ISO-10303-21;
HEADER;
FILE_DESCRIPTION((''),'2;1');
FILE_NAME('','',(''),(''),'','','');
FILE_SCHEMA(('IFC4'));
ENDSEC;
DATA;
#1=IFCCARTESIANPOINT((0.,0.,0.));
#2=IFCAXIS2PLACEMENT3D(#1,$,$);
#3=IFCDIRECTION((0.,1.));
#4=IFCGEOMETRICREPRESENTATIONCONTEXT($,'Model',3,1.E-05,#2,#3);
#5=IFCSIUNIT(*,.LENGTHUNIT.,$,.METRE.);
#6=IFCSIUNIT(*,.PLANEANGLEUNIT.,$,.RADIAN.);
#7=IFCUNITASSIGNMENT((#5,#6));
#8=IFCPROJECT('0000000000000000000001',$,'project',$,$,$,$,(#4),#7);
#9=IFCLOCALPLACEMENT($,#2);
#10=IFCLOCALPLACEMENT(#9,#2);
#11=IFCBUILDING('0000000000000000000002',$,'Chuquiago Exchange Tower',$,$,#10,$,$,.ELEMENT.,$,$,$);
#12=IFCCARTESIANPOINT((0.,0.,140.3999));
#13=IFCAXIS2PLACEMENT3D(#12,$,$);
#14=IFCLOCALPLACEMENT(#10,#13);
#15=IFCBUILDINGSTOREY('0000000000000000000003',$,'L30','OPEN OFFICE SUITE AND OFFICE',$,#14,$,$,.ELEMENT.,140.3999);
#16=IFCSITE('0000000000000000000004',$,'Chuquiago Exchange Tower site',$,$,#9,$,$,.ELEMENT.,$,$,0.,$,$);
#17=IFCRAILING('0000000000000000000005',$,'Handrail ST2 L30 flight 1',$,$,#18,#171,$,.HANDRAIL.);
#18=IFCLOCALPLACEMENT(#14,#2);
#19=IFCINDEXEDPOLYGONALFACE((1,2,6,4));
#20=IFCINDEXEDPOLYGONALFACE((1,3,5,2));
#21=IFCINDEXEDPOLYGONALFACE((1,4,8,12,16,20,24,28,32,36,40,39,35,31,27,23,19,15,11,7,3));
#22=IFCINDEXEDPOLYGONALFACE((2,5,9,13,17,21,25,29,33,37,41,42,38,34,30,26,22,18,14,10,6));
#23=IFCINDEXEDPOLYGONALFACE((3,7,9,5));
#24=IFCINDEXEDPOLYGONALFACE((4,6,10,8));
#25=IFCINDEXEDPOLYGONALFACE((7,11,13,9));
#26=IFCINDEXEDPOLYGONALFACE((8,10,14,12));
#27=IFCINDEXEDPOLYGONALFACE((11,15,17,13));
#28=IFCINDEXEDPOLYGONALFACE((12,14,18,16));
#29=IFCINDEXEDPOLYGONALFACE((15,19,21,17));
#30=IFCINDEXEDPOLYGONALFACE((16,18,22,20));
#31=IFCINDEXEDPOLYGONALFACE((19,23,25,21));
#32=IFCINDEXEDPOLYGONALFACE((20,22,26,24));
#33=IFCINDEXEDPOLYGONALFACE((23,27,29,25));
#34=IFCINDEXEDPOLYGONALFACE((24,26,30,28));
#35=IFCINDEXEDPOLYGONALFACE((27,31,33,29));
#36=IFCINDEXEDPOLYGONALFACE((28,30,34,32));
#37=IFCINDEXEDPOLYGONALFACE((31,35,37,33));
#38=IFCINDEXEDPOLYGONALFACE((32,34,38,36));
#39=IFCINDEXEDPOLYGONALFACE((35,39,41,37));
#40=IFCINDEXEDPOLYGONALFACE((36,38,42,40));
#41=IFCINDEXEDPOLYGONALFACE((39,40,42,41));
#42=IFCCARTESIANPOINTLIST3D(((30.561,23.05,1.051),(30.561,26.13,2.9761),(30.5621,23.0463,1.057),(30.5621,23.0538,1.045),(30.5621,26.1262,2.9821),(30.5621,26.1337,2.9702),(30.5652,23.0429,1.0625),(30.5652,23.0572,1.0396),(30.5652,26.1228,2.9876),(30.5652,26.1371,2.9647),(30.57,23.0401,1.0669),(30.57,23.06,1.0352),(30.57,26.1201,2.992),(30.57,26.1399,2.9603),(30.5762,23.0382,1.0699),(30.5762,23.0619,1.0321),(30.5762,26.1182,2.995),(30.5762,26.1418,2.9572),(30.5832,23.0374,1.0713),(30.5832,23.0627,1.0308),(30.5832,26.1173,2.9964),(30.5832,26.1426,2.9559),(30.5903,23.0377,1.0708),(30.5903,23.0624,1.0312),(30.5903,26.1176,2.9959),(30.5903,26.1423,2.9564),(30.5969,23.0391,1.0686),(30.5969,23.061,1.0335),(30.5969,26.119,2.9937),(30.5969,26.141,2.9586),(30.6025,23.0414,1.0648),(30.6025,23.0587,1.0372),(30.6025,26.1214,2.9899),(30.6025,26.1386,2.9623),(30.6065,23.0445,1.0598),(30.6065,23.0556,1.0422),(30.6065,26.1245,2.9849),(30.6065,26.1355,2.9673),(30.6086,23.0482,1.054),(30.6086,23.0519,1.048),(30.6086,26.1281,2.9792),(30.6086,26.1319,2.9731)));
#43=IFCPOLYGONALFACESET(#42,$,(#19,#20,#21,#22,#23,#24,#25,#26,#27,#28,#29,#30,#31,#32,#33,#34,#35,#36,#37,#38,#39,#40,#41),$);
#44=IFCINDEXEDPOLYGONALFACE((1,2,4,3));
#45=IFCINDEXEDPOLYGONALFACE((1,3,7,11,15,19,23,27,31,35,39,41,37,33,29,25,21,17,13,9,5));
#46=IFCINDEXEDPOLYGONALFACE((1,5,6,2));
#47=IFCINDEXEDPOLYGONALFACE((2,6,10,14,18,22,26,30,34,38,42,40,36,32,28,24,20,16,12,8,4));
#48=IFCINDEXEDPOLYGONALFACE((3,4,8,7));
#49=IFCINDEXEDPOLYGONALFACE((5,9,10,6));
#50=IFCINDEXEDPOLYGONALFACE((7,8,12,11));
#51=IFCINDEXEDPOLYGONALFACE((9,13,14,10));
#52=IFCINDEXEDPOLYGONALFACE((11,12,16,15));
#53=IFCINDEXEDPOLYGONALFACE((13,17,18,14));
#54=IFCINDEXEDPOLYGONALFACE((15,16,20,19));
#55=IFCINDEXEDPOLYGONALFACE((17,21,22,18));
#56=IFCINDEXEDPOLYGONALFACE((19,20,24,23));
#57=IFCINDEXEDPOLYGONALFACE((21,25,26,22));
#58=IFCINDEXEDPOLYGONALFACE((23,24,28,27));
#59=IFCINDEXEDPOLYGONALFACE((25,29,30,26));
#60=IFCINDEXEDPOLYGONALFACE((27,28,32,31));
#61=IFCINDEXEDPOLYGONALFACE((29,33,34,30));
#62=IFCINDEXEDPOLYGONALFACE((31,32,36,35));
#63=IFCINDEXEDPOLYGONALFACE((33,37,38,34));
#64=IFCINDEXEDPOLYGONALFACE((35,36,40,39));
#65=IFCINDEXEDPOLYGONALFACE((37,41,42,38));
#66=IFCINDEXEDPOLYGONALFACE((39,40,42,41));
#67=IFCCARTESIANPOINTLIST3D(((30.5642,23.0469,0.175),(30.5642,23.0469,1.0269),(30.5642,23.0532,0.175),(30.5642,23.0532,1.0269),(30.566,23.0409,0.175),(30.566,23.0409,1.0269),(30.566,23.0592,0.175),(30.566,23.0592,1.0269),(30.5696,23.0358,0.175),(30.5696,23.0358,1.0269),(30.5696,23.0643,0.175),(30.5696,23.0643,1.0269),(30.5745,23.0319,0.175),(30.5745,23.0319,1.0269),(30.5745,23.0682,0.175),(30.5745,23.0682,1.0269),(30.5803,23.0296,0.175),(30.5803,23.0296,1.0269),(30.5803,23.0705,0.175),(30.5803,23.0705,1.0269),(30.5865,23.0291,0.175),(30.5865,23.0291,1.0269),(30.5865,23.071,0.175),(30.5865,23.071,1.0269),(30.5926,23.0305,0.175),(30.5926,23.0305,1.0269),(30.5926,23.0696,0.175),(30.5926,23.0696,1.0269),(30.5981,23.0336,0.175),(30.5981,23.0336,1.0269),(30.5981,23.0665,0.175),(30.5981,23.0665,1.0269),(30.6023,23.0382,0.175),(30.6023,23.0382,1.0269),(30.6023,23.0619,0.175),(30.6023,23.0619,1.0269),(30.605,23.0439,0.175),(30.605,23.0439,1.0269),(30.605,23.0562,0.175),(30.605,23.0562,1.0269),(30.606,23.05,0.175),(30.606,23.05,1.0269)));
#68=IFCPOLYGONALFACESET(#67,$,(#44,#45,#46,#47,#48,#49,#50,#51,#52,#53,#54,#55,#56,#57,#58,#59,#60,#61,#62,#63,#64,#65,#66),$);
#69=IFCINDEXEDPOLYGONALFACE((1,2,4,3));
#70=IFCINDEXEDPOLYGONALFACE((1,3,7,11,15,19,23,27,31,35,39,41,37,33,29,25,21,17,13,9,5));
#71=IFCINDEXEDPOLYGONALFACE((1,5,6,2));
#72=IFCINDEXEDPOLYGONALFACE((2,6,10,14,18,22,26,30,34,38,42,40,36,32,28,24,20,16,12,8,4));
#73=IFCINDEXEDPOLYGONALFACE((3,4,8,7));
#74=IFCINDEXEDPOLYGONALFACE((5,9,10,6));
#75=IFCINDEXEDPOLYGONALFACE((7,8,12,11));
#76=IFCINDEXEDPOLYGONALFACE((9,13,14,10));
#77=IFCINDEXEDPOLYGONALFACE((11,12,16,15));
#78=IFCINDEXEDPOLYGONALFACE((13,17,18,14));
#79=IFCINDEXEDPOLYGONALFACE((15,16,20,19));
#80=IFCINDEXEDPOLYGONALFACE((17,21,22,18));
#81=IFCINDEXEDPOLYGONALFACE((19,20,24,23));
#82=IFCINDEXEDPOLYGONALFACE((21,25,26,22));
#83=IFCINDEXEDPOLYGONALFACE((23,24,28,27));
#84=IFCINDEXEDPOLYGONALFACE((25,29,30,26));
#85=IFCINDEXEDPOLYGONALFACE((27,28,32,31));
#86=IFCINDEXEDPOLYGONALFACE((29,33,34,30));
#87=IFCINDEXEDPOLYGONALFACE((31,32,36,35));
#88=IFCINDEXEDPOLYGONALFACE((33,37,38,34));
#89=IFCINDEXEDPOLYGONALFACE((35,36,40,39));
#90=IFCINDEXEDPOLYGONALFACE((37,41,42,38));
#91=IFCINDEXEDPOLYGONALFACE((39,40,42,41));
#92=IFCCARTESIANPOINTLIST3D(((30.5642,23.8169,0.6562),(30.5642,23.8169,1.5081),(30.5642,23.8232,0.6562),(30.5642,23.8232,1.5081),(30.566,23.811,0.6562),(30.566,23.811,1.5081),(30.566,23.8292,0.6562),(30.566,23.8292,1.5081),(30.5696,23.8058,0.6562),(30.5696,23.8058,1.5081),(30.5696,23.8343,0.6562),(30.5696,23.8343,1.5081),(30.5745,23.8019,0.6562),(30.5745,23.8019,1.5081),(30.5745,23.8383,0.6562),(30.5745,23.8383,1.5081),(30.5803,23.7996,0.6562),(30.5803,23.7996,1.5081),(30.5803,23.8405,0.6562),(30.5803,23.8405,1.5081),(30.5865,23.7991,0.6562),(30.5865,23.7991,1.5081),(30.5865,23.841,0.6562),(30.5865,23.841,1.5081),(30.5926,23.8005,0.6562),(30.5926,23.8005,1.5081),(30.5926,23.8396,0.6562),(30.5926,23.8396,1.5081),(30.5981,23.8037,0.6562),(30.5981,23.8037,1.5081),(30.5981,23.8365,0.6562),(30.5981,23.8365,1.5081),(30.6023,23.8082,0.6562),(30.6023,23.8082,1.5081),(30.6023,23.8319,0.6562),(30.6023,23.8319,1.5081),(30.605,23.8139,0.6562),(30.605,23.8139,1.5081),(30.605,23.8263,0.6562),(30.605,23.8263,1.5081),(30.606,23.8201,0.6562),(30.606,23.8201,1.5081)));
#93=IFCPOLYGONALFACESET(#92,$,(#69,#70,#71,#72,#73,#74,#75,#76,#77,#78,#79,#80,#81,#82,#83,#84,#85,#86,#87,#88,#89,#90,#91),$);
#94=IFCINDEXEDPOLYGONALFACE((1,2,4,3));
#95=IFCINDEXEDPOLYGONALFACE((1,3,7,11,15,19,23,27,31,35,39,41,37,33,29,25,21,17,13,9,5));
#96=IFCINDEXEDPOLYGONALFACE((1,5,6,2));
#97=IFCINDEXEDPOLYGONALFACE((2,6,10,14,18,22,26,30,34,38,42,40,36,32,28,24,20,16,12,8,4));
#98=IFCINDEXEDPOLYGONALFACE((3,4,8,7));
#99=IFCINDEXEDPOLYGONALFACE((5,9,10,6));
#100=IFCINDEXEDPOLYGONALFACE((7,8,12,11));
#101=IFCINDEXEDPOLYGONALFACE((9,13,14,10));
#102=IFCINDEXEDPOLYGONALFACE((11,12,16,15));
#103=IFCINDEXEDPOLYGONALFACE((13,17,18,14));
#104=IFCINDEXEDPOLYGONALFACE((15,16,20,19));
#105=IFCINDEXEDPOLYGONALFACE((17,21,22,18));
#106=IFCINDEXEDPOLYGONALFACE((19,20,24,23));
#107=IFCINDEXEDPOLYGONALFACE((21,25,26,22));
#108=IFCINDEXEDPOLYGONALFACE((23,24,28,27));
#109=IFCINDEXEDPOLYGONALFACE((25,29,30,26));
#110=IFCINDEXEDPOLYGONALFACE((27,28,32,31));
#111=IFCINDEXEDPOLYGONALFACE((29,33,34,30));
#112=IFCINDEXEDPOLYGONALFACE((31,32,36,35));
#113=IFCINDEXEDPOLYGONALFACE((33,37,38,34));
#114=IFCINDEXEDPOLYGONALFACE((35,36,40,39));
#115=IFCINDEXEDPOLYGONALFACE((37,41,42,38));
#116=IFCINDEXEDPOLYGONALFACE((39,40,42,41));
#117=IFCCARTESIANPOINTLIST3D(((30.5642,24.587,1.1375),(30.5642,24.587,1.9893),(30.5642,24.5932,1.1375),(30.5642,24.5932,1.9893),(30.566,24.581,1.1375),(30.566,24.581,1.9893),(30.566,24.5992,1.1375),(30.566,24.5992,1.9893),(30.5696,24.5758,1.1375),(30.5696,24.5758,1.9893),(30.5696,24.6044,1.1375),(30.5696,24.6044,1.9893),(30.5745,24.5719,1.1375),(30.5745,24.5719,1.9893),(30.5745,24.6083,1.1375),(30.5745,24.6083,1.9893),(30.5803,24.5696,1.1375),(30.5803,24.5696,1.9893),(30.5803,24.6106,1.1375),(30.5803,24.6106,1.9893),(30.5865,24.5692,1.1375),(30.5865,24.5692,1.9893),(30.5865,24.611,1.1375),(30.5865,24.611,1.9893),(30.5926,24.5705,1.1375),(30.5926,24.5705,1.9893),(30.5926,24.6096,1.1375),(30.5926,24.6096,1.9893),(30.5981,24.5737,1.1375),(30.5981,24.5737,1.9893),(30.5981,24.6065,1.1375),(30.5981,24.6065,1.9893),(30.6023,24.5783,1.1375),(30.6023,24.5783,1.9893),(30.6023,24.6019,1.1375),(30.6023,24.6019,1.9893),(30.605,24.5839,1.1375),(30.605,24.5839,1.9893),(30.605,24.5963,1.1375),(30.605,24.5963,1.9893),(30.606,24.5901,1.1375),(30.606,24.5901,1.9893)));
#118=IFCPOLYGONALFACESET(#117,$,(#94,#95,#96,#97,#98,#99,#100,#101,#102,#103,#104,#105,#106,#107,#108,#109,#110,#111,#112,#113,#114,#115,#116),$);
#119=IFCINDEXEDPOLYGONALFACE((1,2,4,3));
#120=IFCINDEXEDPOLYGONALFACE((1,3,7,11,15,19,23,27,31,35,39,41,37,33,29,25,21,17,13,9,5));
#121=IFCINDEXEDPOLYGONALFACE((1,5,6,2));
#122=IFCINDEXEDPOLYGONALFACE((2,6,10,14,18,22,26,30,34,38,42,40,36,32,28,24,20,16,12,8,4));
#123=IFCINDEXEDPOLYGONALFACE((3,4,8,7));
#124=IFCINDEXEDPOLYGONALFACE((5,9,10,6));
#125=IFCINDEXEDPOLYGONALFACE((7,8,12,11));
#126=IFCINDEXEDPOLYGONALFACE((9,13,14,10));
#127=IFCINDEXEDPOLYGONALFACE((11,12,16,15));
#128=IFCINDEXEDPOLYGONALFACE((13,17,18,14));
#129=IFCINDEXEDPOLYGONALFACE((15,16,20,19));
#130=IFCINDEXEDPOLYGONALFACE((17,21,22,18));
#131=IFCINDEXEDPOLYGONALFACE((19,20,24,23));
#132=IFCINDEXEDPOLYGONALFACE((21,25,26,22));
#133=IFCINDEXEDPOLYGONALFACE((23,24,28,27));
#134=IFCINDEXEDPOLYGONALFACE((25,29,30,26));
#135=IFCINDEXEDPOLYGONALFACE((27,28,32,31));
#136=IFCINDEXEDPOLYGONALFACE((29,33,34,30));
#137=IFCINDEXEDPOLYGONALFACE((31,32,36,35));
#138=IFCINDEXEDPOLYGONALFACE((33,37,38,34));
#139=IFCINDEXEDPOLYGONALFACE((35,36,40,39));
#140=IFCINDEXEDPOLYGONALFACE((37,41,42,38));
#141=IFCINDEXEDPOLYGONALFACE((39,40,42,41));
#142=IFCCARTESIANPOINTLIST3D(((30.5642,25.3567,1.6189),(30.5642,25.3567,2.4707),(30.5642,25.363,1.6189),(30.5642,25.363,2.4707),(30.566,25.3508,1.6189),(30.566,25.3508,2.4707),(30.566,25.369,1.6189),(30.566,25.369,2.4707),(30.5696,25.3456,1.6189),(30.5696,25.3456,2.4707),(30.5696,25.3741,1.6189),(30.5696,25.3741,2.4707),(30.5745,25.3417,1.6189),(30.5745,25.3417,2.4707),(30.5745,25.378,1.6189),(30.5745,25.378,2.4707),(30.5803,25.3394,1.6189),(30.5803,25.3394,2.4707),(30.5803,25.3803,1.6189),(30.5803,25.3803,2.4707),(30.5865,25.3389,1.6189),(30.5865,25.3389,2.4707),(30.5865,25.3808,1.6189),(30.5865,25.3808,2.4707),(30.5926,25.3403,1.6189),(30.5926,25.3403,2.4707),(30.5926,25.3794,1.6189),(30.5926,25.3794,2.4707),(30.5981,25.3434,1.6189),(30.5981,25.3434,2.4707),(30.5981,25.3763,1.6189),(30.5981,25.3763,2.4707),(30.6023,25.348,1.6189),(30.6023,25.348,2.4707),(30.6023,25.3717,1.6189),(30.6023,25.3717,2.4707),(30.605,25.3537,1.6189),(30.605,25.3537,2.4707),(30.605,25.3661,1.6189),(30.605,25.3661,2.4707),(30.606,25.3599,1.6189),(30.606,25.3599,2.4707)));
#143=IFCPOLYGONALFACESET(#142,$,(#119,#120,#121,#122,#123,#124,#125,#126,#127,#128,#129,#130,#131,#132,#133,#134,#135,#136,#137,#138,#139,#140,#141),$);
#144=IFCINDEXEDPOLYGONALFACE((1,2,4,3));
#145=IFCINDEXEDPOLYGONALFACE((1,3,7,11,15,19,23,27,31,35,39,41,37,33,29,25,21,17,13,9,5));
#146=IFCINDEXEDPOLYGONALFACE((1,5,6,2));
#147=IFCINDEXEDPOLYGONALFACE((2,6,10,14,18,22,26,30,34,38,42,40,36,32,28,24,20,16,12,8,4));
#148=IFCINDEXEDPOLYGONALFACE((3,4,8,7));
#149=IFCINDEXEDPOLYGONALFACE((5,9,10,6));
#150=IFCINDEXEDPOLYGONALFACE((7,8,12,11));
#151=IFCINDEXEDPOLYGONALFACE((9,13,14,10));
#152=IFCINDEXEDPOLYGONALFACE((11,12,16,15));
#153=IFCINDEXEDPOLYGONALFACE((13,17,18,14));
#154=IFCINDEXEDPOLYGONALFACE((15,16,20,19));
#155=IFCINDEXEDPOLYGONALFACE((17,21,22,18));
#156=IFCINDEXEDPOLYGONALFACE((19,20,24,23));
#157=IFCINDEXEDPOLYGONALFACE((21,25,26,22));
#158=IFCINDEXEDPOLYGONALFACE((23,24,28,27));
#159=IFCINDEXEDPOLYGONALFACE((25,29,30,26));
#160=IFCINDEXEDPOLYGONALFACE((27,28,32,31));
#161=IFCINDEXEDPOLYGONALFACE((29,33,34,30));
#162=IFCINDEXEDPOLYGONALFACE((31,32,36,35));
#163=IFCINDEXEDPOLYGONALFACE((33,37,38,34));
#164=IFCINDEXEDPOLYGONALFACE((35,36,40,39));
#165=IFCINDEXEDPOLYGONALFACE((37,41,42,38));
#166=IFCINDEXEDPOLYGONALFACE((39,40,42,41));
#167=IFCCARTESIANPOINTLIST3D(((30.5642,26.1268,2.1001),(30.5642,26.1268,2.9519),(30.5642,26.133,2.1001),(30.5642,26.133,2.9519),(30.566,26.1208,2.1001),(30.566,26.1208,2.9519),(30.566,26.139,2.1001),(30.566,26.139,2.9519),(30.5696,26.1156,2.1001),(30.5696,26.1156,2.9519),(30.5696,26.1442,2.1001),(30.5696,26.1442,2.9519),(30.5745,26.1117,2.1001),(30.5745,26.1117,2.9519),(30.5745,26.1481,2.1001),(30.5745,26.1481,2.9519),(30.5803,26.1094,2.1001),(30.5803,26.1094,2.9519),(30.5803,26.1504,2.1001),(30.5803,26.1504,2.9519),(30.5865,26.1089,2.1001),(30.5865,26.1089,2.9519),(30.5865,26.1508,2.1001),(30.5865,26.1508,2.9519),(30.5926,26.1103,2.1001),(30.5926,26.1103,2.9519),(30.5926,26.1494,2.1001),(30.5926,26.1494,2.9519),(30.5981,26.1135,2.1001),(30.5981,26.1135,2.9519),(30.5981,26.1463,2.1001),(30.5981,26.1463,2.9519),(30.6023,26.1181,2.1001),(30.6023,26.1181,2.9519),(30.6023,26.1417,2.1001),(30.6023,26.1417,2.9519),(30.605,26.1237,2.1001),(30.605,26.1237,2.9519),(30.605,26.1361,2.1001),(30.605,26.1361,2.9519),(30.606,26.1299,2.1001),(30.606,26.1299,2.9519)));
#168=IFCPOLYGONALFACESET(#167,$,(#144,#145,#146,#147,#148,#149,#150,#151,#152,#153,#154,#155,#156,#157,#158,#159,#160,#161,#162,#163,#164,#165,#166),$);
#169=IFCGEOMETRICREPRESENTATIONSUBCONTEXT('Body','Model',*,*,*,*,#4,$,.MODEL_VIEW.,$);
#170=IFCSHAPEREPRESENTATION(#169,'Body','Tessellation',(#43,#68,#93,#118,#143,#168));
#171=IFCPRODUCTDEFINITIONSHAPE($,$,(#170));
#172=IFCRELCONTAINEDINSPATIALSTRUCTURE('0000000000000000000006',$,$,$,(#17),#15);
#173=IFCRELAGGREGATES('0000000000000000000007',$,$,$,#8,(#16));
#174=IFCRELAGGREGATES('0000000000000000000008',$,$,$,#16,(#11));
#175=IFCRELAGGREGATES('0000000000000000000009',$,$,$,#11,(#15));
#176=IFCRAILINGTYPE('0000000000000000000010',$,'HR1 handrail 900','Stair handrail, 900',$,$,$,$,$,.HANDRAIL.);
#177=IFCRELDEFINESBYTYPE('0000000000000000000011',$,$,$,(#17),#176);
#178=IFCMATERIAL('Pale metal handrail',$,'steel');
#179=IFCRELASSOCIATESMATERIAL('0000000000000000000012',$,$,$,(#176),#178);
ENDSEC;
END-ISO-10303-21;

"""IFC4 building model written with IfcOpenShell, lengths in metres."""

from ifc_helpers import new_model, si_unit, direction, frame, origin, origin_2d, place, context, subcontext, project, spatial, circle, extrude, material, type_object, element, save


model = new_model("IFC4")

# Units and contexts
model_context = context("Model", 3, precision=1e-05, world=origin(), true_north=direction((0.0, 1.0)))
body_context = subcontext(model_context, "Body", "Model", "MODEL_VIEW")
ifc_project = project(units=[si_unit("LENGTHUNIT", "METRE"), si_unit("PLANEANGLEUNIT", "RADIAN")], contexts=[model_context])

# Site, building, storey
site_placement = place(None, origin())
site = spatial("IfcSite", under=ifc_project, at=site_placement, Name="Chuquiago Exchange Tower site", CompositionType="ELEMENT", RefElevation=0.0)
building_placement = place(site_placement, origin())
building = spatial("IfcBuilding", under=site, at=building_placement, Name="Chuquiago Exchange Tower", CompositionType="ELEMENT")
storey_placement = place(building_placement, frame((0.0, 0.0, 140.3999)))
storey = spatial("IfcBuildingStorey", under=building, at=storey_placement, Name="L30", Description="OPEN OFFICE SUITE AND OFFICE", CompositionType="ELEMENT", Elevation=140.3999)

# Railing
ifc_material_1 = material(Name="Pale metal handrail", Category="steel")
railing_type_1 = type_object("IfcRailingType", Name="HR1 handrail 900", Description="Stair handrail, 900", PredefinedType="HANDRAIL", material=ifc_material_1)
railing_1_placement = place(storey_placement, frame((30.585, 23.05, 0.175)))
element("IfcRailing", 1, at=railing_1_placement, inside=storey, type_object=railing_type_1, Name="Handrail ST2 L30 flight 1", PredefinedType="HANDRAIL", context=body_context, shape_type="SweptSolid", body=[
    extrude(circle(Radius=0.0239, at=origin_2d()), frame((0.0, 0.0, 0.876), z_axis=(0.0, 0.847979, 0.530029), x_axis=(-1.0, 0.0, 0.0)), (0.0, 0.0, 1.0), 3.6321),
    extrude(circle(Radius=0.021, at=origin_2d()), origin(), (0.0, 0.0, 1.0), 0.8518),
    extrude(circle(Radius=0.021, at=origin_2d()), frame((0.0, 0.77, 0.4812)), (0.0, 0.0, 1.0), 0.8518),
    extrude(circle(Radius=0.021, at=origin_2d()), frame((0.0, 1.54, 0.9624)), (0.0, 0.0, 1.0), 0.8518),
    extrude(circle(Radius=0.021, at=origin_2d()), frame((0.0, 2.3098, 1.4438)), (0.0, 0.0, 1.0), 0.8518),
    extrude(circle(Radius=0.021, at=origin_2d()), frame((0.0, 3.0798, 1.925)), (0.0, 0.0, 1.0), 0.8518),
])

save(model, "model.ifc")
